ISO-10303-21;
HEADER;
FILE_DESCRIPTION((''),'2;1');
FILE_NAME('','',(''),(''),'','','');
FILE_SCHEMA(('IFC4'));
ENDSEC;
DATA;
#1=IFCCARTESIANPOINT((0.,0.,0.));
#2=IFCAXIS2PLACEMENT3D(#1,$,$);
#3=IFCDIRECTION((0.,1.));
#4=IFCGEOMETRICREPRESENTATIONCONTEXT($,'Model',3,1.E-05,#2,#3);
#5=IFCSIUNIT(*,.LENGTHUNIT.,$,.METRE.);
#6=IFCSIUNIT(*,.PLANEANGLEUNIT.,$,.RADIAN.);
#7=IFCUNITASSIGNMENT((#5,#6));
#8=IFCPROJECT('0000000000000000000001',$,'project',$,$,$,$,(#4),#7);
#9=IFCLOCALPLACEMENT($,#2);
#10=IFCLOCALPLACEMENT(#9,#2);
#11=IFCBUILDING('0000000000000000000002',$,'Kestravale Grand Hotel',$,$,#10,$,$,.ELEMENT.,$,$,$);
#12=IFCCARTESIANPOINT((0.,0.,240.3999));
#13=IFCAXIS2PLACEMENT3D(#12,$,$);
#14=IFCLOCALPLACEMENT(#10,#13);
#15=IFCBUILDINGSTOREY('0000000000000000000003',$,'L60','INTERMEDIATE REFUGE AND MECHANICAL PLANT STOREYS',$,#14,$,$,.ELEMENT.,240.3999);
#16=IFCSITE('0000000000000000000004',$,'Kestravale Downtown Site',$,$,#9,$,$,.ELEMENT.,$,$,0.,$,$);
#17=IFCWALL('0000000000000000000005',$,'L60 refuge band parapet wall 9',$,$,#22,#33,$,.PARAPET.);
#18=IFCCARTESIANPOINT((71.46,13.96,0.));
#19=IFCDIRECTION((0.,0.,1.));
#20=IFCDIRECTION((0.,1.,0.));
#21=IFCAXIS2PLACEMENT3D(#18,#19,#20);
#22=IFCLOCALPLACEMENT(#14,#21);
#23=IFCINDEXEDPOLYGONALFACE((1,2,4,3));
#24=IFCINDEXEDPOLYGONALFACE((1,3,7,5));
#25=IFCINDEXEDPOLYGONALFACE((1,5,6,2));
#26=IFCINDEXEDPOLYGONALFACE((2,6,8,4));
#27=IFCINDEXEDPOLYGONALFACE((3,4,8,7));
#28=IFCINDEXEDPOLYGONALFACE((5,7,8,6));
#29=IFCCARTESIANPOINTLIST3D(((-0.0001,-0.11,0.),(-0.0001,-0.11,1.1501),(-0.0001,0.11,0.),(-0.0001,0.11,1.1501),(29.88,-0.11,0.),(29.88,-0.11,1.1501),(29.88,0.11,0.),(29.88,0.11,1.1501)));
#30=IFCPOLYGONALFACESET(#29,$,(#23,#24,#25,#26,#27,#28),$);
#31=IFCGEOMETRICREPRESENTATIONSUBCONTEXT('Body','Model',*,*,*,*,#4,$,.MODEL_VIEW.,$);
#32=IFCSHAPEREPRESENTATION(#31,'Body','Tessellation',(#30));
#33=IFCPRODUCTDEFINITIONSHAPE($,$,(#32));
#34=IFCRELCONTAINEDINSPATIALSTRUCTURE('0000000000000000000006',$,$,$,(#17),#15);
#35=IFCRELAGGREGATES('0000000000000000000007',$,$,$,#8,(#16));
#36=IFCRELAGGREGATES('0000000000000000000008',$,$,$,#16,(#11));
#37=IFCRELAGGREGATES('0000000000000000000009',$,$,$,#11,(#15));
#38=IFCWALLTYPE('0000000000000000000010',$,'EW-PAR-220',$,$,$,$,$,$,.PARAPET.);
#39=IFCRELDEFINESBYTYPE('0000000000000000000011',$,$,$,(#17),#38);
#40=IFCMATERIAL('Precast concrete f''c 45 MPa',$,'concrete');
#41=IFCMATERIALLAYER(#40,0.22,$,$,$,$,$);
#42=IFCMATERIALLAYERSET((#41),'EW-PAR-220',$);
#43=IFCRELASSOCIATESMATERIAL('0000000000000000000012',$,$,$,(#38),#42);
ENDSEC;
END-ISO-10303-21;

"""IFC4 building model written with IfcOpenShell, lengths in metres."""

from ifc_helpers import new_model, si_unit, direction, frame, frame_2d, origin, place, context, subcontext, project, spatial, rectangle, extrude, material, layer, layer_set, type_object, element, save


model = new_model("IFC4")

# Units and contexts
model_context = context("Model", 3, precision=1e-05, world=origin(), true_north=direction((0.0, 1.0)))
body_context = subcontext(model_context, "Body", "Model", "MODEL_VIEW")
ifc_project = project(units=[si_unit("LENGTHUNIT", "METRE"), si_unit("PLANEANGLEUNIT", "RADIAN")], contexts=[model_context])

# Site, building, storey
site_placement = place(None, origin())
site = spatial("IfcSite", under=ifc_project, at=site_placement, Name="Kestravale Downtown Site", CompositionType="ELEMENT", RefElevation=0.0)
building_placement = place(site_placement, origin())
building = spatial("IfcBuilding", under=site, at=building_placement, Name="Kestravale Grand Hotel", CompositionType="ELEMENT")
storey_placement = place(building_placement, frame((0.0, 0.0, 240.3999)))
storey = spatial("IfcBuildingStorey", under=building, at=storey_placement, Name="L60", Description="INTERMEDIATE REFUGE AND MECHANICAL PLANT STOREYS", CompositionType="ELEMENT", Elevation=240.3999)

# Wall
ifc_material_1 = material(Name="Precast concrete f'c 45 MPa", Category="concrete")
ifc_layer_1 = layer(ifc_material_1, 0.22)
ifc_layer_set_1 = layer_set([ifc_layer_1], Name="EW-PAR-220")
wall_type = type_object("IfcWallType", Name="EW-PAR-220", PredefinedType="PARAPET", material=ifc_layer_set_1)
wall_1_placement = place(storey_placement, frame((71.46, 13.96, 0.0), z_axis=(0.0, 0.0, 1.0), x_axis=(0.0, 1.0, 0.0)))
element("IfcWall", 1, at=wall_1_placement, inside=storey, type_object=wall_type, Name="L60 refuge band parapet wall 9", PredefinedType="PARAPET", context=body_context, shape_type="SweptSolid", body=[
    extrude(rectangle(XDim=29.8801, YDim=0.22, at=frame_2d((14.9399, 0.0))), origin(), (0.0, 0.0, 1.0), 1.1501),
])

save(model, "model.ifc")
